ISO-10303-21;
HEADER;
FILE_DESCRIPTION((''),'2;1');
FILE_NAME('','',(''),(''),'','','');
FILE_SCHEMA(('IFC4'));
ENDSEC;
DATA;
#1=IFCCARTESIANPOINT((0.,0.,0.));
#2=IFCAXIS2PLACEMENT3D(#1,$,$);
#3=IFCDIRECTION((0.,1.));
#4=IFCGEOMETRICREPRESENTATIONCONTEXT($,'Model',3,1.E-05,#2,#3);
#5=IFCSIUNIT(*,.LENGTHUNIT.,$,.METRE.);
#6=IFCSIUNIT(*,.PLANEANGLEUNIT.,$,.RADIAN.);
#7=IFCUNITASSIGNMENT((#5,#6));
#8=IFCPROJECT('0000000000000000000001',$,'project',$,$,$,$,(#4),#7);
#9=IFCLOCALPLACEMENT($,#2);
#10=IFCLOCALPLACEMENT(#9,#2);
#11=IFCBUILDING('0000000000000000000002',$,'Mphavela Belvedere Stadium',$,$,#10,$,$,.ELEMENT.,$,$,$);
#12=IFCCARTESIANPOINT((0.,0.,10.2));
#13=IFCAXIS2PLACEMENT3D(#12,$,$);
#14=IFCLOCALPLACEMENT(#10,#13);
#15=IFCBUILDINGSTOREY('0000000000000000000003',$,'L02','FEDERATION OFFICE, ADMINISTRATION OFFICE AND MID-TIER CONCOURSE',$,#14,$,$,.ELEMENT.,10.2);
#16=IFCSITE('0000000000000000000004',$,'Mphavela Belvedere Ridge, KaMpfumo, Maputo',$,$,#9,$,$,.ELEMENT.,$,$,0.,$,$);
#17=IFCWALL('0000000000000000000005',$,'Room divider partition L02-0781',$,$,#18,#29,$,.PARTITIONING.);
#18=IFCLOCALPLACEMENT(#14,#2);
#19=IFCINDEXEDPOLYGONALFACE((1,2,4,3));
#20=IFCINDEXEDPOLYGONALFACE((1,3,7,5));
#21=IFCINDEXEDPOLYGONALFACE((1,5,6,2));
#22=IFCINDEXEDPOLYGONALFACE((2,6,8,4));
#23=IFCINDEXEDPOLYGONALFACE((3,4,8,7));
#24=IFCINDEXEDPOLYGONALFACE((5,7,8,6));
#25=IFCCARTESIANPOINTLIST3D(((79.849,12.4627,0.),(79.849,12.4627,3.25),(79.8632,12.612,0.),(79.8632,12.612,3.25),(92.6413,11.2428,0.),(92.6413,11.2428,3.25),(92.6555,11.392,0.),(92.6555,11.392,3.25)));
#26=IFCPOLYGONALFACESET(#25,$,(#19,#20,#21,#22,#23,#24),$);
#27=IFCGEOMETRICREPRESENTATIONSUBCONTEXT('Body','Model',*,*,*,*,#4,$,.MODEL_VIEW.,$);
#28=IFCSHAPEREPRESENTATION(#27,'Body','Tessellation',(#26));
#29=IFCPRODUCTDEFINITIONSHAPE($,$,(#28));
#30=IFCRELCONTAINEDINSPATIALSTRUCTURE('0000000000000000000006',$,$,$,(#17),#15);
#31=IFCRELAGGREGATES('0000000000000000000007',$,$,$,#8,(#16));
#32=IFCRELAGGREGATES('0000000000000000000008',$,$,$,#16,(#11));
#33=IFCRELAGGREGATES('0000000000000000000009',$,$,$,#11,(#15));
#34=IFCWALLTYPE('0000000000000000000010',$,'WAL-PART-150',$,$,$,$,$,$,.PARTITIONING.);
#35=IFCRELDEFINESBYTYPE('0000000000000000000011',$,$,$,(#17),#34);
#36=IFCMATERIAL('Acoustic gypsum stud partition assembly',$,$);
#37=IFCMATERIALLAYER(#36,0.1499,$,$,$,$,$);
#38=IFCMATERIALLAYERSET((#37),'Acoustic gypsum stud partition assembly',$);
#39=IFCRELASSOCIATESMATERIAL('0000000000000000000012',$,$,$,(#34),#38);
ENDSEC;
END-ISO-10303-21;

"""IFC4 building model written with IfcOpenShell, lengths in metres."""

from ifc_helpers import new_model, si_unit, direction, frame, frame_2d, origin, place, context, subcontext, project, spatial, rectangle, extrude, material, layer, layer_set, type_object, element, save


model = new_model("IFC4")

# Units and contexts
model_context = context("Model", 3, precision=1e-05, world=origin(), true_north=direction((0.0, 1.0)))
body_context = subcontext(model_context, "Body", "Model", "MODEL_VIEW")
ifc_project = project(units=[si_unit("LENGTHUNIT", "METRE"), si_unit("PLANEANGLEUNIT", "RADIAN")], contexts=[model_context])

# Site, building, storey
site_placement = place(None, origin())
site = spatial("IfcSite", under=ifc_project, at=site_placement, Name="Mphavela Belvedere Ridge, KaMpfumo, Maputo", CompositionType="ELEMENT", RefElevation=0.0)
building_placement = place(site_placement, origin())
building = spatial("IfcBuilding", under=site, at=building_placement, Name="Mphavela Belvedere Stadium", CompositionType="ELEMENT")
storey_placement = place(building_placement, frame((0.0, 0.0, 10.2)))
storey = spatial("IfcBuildingStorey", under=building, at=storey_placement, Name="L02", Description="FEDERATION OFFICE, ADMINISTRATION OFFICE AND MID-TIER CONCOURSE", CompositionType="ELEMENT", Elevation=10.2)

# Shared definitions
ifc_material_1 = material(Name="Acoustic gypsum stud partition assembly")
ifc_layer_1 = layer(ifc_material_1, 0.1499)
ifc_layer_set_1 = layer_set([ifc_layer_1], Name="Acoustic gypsum stud partition assembly")
wall_type_1 = type_object("IfcWallType", Name="WAL-PART-150", PredefinedType="PARTITIONING", material=ifc_layer_set_1)

# Wall
wall_1_placement = place(storey_placement, frame((79.856, 12.5374, 0.0), z_axis=(0.0, 0.0, 1.0), x_axis=(0.995483, -0.094937, 0.0)))
element("IfcWall", 1, at=wall_1_placement, inside=storey, type_object=wall_type_1, Name="Room divider partition L02-0781", PredefinedType="PARTITIONING", context=body_context, shape_type="SweptSolid", body=[
    extrude(rectangle(XDim=12.8503, YDim=0.1499, at=frame_2d((6.4253, 0.0))), origin(), (0.0, 0.0, 1.0), 3.25),
])

save(model, "model.ifc")
